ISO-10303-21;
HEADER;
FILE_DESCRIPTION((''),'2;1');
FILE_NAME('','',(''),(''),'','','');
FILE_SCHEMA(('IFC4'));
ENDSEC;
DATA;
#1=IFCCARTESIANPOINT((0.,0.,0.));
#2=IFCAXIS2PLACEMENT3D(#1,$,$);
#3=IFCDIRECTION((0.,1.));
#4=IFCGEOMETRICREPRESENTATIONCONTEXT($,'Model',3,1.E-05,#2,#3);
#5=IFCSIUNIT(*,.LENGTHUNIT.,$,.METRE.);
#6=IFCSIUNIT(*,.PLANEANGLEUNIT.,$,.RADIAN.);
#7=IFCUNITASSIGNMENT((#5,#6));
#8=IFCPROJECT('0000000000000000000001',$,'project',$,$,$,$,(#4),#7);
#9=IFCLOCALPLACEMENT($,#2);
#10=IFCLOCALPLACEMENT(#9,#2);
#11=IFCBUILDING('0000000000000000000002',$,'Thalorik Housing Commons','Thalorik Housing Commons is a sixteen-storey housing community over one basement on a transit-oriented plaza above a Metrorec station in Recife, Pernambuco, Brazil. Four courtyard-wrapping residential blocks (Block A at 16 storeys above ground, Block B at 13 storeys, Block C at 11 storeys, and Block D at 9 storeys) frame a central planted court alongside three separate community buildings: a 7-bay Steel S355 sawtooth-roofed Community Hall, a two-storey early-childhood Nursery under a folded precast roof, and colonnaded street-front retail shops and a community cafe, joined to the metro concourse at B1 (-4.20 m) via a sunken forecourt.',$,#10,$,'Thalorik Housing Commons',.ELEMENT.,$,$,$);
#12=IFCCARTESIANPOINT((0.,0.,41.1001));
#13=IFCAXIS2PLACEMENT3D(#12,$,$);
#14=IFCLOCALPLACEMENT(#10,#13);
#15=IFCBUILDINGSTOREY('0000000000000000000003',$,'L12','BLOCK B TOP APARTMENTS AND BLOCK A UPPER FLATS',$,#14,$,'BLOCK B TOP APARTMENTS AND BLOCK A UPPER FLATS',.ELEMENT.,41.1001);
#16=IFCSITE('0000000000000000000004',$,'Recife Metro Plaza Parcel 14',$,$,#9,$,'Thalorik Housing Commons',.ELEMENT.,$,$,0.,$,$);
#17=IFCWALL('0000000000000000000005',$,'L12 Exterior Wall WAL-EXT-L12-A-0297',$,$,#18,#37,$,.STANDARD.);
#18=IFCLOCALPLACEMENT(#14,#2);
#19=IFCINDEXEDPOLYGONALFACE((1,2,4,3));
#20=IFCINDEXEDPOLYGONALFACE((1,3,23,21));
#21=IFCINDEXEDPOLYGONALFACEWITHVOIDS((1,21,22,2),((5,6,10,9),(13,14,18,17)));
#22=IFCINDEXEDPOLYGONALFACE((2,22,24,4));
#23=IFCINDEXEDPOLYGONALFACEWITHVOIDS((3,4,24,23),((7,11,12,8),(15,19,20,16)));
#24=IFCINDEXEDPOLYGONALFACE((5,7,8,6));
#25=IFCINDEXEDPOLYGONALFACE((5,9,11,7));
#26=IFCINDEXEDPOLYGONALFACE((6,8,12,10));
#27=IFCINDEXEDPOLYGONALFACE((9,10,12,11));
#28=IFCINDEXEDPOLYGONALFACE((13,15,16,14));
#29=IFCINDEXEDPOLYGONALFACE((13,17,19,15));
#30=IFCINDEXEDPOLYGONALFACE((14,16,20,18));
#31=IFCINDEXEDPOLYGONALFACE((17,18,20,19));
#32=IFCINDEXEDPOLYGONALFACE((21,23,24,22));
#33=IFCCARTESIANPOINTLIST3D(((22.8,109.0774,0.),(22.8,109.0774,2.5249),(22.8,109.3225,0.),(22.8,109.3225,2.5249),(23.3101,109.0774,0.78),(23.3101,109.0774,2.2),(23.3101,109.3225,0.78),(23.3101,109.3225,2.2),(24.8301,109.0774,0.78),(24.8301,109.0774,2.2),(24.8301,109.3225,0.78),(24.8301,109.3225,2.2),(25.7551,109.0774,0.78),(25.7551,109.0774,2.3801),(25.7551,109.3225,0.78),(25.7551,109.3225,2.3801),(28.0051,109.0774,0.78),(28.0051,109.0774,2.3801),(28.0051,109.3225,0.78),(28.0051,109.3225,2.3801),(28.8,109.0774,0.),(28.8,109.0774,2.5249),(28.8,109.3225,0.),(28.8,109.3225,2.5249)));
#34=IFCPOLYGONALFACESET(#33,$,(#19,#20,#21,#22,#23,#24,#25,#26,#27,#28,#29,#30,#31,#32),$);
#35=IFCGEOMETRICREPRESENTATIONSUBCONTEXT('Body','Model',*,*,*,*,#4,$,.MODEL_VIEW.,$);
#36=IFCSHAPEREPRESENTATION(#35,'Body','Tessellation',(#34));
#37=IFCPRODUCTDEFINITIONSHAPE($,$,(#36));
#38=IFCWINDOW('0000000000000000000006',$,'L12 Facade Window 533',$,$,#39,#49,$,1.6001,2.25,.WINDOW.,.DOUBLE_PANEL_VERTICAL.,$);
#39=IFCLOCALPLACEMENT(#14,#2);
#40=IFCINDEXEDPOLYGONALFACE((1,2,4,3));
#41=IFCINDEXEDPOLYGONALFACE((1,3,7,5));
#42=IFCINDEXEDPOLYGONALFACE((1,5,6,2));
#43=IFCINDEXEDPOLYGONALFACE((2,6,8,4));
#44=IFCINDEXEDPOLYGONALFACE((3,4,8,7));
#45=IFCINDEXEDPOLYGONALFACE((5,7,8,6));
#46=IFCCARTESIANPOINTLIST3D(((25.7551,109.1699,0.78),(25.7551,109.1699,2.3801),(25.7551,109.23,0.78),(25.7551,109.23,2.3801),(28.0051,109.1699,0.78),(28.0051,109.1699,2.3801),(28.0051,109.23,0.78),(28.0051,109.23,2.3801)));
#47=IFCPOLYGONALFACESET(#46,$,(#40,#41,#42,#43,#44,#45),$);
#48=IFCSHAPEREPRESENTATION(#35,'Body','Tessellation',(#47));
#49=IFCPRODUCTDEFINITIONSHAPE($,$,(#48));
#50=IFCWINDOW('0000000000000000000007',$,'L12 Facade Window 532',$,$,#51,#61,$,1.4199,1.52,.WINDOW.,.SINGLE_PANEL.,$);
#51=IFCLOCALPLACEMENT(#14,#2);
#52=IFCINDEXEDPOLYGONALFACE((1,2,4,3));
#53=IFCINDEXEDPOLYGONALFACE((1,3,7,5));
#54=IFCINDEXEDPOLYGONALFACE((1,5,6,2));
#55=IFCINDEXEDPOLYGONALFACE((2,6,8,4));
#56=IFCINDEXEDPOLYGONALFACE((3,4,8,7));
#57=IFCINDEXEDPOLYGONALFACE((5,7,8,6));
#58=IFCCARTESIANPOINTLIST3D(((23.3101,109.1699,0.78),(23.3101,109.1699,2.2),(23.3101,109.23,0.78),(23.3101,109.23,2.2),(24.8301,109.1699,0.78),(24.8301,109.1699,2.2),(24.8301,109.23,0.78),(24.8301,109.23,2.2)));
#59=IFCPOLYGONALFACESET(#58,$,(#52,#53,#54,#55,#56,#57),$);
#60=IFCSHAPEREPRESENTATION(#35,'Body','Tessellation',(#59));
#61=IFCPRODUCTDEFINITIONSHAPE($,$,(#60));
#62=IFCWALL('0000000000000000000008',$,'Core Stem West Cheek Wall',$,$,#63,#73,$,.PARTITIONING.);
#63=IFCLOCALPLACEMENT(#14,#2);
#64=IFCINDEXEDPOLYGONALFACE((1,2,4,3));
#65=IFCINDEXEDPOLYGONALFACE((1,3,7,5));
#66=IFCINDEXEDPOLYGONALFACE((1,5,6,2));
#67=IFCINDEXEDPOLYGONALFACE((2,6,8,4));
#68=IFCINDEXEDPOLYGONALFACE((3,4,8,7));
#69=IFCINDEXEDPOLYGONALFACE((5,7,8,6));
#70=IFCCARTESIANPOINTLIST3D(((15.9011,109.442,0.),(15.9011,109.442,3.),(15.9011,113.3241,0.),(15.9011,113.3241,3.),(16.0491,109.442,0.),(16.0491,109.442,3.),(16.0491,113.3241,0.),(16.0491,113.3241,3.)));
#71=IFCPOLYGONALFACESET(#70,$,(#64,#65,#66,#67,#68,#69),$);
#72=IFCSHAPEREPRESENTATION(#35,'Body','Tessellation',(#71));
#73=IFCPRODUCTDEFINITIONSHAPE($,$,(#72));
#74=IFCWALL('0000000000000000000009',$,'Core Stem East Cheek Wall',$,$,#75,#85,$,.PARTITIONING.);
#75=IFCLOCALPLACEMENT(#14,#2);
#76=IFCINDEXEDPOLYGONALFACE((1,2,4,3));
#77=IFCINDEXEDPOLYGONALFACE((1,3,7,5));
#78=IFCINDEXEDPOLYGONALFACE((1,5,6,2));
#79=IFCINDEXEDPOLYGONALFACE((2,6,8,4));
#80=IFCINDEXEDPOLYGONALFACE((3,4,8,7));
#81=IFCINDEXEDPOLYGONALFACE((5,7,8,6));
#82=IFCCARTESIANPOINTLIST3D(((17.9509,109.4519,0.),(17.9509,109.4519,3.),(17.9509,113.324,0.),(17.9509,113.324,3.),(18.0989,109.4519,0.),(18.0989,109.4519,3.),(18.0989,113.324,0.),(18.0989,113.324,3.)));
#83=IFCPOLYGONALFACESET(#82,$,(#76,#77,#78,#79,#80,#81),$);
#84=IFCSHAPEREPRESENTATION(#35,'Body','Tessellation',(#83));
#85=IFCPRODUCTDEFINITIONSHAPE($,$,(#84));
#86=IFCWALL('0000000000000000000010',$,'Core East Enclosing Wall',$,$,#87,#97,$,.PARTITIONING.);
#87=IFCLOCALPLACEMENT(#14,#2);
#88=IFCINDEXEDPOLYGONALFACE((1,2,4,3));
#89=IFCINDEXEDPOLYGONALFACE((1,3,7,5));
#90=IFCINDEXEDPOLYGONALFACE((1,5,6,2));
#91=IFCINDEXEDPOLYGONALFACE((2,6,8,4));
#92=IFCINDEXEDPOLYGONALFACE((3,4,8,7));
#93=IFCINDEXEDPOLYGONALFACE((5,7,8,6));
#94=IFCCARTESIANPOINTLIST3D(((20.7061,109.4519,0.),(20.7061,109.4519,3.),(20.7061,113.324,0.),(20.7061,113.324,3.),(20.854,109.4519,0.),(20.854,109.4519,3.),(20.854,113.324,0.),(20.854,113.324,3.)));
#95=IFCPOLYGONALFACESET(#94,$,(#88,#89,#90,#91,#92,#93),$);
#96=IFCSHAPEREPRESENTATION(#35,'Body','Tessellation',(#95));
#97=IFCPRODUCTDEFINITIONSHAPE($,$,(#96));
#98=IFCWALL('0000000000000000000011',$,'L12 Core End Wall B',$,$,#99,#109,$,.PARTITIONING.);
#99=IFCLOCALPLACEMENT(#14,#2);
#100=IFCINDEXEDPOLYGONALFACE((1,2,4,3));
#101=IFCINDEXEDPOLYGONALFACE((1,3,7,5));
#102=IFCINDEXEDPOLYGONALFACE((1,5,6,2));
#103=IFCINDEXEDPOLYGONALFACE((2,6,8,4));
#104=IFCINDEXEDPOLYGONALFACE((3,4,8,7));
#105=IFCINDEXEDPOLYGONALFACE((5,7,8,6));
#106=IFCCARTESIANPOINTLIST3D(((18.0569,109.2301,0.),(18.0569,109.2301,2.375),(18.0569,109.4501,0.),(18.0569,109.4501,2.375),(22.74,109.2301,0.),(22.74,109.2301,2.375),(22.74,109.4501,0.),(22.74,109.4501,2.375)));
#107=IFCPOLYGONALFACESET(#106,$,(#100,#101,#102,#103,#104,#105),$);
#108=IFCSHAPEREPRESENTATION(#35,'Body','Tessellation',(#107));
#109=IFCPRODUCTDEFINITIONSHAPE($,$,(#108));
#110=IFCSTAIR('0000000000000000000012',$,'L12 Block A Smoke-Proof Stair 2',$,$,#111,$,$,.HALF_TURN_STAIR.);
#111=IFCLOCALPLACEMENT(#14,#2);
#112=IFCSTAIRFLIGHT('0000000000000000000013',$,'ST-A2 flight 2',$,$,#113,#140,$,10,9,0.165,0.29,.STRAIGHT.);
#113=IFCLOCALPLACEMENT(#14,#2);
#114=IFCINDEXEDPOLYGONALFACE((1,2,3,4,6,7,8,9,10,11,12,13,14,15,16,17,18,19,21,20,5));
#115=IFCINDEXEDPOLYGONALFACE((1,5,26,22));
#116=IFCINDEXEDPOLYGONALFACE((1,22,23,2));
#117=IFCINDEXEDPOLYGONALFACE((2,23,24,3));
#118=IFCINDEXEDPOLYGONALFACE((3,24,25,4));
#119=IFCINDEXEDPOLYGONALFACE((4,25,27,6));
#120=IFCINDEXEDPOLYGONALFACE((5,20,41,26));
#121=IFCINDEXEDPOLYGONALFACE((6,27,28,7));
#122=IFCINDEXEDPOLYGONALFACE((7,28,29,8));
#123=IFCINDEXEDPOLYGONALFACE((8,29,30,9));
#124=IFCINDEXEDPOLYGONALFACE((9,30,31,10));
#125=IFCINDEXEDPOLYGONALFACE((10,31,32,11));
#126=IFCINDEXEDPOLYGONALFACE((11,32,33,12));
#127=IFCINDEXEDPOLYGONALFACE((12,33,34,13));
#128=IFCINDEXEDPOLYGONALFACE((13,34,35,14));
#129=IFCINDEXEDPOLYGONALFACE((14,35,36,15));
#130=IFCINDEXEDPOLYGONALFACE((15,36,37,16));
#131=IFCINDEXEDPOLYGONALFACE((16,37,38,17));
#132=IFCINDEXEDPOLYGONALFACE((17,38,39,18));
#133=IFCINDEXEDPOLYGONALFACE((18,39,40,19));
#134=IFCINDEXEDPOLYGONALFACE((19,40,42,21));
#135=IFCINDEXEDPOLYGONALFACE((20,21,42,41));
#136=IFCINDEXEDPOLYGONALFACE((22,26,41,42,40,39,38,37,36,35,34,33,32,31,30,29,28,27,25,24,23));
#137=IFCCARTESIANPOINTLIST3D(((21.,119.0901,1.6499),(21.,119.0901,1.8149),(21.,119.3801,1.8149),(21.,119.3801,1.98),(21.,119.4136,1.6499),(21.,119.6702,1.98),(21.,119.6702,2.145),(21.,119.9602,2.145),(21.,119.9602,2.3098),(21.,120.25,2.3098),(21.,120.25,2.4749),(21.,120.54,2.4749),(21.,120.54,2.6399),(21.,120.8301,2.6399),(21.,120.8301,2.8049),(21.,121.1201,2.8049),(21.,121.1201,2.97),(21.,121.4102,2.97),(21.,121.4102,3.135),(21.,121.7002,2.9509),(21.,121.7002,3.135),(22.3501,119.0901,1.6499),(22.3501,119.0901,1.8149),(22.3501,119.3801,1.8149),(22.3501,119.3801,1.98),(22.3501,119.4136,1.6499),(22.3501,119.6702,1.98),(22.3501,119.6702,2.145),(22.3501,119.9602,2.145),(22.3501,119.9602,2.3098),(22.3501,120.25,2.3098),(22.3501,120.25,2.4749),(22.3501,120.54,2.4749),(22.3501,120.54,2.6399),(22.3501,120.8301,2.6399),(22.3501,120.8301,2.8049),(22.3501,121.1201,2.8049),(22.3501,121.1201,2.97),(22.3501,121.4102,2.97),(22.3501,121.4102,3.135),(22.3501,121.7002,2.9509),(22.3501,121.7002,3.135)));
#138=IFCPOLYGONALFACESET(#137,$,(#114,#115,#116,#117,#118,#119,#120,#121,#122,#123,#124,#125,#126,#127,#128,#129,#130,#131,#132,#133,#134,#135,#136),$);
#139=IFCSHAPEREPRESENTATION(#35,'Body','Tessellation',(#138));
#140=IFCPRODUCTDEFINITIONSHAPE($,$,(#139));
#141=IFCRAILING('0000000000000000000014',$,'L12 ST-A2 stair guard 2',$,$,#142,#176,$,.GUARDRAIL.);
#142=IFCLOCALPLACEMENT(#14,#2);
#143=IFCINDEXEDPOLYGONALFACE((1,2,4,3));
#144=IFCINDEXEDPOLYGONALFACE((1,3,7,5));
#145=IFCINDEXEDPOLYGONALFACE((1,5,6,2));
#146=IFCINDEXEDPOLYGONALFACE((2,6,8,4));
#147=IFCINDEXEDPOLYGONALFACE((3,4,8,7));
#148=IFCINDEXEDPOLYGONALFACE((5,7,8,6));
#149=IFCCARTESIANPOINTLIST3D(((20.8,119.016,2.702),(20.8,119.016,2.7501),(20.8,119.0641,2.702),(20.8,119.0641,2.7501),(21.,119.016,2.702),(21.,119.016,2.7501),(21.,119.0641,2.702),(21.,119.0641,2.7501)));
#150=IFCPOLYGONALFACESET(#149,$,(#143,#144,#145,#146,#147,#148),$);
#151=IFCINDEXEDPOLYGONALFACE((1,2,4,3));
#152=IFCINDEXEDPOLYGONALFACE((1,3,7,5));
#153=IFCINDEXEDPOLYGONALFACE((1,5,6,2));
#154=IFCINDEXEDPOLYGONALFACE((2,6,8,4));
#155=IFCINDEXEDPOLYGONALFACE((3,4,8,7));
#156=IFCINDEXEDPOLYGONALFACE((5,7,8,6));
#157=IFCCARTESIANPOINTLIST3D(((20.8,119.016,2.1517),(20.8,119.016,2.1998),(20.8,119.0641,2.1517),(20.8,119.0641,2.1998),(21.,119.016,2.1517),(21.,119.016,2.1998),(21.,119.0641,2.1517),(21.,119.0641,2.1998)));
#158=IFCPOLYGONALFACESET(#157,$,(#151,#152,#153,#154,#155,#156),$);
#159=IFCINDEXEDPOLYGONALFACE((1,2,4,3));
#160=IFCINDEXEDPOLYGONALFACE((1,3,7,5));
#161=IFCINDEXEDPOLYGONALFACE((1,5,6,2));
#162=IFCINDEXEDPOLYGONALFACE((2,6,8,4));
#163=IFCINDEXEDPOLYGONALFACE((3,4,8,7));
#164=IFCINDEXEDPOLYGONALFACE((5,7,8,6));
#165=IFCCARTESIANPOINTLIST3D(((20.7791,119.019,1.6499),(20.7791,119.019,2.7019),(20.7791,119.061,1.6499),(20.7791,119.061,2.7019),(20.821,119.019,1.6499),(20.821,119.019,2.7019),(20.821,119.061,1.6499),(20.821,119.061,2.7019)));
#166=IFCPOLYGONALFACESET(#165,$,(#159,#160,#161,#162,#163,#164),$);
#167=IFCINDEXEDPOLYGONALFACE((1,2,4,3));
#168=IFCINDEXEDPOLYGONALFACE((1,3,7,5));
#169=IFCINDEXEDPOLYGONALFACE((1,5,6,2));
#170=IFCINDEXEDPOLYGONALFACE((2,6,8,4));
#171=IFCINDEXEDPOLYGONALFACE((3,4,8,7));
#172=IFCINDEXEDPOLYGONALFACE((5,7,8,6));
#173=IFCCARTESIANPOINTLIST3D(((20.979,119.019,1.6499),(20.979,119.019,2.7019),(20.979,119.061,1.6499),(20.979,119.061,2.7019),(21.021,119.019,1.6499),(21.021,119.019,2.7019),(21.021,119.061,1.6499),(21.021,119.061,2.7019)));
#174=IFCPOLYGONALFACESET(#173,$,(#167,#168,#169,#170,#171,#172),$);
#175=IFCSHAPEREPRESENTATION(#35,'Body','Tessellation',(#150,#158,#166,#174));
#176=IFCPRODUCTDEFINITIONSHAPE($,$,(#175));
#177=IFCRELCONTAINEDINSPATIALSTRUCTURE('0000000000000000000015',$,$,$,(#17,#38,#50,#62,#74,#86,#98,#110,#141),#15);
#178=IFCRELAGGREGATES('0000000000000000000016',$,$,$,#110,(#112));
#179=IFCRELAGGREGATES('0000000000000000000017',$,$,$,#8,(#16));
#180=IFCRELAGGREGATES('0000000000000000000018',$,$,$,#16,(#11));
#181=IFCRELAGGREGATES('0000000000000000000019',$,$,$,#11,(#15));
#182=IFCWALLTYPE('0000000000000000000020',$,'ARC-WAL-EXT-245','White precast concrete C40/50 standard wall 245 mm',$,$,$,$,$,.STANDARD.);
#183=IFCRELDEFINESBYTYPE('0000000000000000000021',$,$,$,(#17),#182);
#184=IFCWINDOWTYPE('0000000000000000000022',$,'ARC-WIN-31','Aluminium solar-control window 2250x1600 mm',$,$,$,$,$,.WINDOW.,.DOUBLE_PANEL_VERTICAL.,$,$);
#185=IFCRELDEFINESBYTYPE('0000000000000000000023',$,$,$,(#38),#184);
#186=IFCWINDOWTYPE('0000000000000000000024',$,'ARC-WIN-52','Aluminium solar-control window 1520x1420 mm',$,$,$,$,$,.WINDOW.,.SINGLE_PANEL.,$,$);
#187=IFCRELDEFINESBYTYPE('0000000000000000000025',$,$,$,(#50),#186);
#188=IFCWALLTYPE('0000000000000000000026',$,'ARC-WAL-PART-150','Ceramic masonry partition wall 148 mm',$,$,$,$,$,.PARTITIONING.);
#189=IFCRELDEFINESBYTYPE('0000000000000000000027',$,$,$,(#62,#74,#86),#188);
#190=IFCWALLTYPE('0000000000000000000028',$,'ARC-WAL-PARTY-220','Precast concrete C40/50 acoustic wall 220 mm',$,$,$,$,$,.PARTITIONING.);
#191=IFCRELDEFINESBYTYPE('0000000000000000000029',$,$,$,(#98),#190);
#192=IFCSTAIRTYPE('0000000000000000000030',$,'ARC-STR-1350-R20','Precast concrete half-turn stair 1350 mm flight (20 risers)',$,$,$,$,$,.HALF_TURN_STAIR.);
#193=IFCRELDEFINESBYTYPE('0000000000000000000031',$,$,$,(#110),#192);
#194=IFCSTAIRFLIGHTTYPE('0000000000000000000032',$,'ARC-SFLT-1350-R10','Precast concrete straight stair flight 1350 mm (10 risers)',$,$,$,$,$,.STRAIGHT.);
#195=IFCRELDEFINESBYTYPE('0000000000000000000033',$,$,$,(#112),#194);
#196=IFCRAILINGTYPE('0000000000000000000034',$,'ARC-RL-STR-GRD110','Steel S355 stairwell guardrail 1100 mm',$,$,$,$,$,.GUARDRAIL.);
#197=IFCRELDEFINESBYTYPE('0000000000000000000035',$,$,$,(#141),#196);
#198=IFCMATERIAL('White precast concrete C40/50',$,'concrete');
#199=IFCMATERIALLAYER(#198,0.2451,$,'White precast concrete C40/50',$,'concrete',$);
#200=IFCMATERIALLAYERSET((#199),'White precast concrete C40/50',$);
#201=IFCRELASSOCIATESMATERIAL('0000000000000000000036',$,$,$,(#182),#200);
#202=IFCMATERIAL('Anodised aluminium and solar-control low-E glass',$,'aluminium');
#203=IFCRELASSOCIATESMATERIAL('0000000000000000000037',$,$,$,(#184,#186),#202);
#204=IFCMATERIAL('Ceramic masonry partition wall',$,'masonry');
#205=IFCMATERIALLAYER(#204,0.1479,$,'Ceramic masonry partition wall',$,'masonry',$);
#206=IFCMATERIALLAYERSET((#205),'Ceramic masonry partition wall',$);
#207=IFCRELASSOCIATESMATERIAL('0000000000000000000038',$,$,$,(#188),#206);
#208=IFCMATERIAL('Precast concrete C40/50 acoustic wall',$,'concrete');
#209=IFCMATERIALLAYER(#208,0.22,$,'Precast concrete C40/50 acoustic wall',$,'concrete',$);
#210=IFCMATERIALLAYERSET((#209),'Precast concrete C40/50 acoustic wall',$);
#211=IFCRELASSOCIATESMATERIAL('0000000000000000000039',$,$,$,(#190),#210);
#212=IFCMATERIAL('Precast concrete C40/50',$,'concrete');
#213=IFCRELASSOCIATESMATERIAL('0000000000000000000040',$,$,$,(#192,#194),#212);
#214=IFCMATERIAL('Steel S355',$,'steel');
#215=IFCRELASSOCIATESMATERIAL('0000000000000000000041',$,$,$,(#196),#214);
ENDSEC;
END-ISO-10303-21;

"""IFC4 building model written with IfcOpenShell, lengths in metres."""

from ifc_helpers import new_model, si_unit, direction, frame, frame_2d, origin, origin_2d, place, context, subcontext, project, spatial, polyline, rectangle, outline, extrude, material, layer, layer_set, type_object, element, fill, aggregate, save


model = new_model("IFC4")

# Units and contexts
model_context = context("Model", 3, precision=1e-05, world=origin(), true_north=direction((0.0, 1.0)))
body_context = subcontext(model_context, "Body", "Model", "MODEL_VIEW")
ifc_project = project(units=[si_unit("LENGTHUNIT", "METRE"), si_unit("PLANEANGLEUNIT", "RADIAN")], contexts=[model_context])

# Site, building, storey
site_placement = place(None, origin())
site = spatial("IfcSite", under=ifc_project, at=site_placement, Name="Recife Metro Plaza Parcel 14", LongName="Thalorik Housing Commons", CompositionType="ELEMENT", RefElevation=0.0)
building_placement = place(site_placement, origin())
building = spatial("IfcBuilding", under=site, at=building_placement, Name="Thalorik Housing Commons", Description="Thalorik Housing Commons is a sixteen-storey housing community over one basement on a transit-oriented plaza above a Metrorec station in Recife, Pernambuco, Brazil. Four courtyard-wrapping residential blocks (Block A at 16 storeys above ground, Block B at 13 storeys, Block C at 11 storeys, and Block D at 9 storeys) frame a central planted court alongside three separate community buildings: a 7-bay Steel S355 sawtooth-roofed Community Hall, a two-storey early-childhood Nursery under a folded precast roof, and colonnaded street-front retail shops and a community cafe, joined to the metro concourse at B1 (-4.20 m) via a sunken forecourt.", LongName="Thalorik Housing Commons", CompositionType="ELEMENT")
storey_placement = place(building_placement, frame((0.0, 0.0, 41.1001)))
storey = spatial("IfcBuildingStorey", under=building, at=storey_placement, Name="L12", Description="BLOCK B TOP APARTMENTS AND BLOCK A UPPER FLATS", LongName="BLOCK B TOP APARTMENTS AND BLOCK A UPPER FLATS", CompositionType="ELEMENT", Elevation=41.1001)

# Shared definitions
ifc_material_1 = material(Name="Precast concrete C40/50", Category="concrete")

# Shared definitions
ifc_material_2 = material(Name="Steel S355", Category="steel")

# Wall, openings, windows
ifc_material_3 = material(Name="White precast concrete C40/50", Category="concrete")
ifc_layer_1 = layer(ifc_material_3, 0.2451, Name="White precast concrete C40/50", Category="concrete")
ifc_layer_set_1 = layer_set([ifc_layer_1], Name="White precast concrete C40/50")
wall_type_1 = type_object("IfcWallType", Name="ARC-WAL-EXT-245", Description="White precast concrete C40/50 standard wall 245 mm", PredefinedType="STANDARD", material=ifc_layer_set_1)
wall_1_placement = place(storey_placement, frame((22.8, 109.2, 0.0), z_axis=(0.0, 0.0, 1.0), x_axis=(1.0, 0.0, 0.0)))
wall_1 = element("IfcWall", 1, at=wall_1_placement, inside=storey, type_object=wall_type_1, Name="L12 Exterior Wall WAL-EXT-L12-A-0297", PredefinedType="STANDARD", context=body_context, shape_type="SweptSolid", body=[
    extrude(rectangle(XDim=6.0, YDim=0.2451, at=frame_2d((3.0, 0.0))), origin(), (0.0, 0.0, 1.0), 2.5249),
])
opening_1_placement = place(wall_1_placement, frame((0.51, 0.0, 0.78)))
opening_1 = element("IfcOpeningElement", 2, at=opening_1_placement, cuts=wall_1, PredefinedType="OPENING", context=body_context, shape_type="SweptSolid", body=[
    extrude(rectangle(XDim=1.52, YDim=1.4199, at=frame_2d((0.76, 0.71))), frame((0.0, 0.1326, 0.0), z_axis=(0.0, -1.0, 0.0), x_axis=(1.0, 0.0, 0.0)), (0.0, 0.0, 1.0), 0.2651),
])
opening_2_placement = place(wall_1_placement, frame((2.9551, 0.0, 0.78)))
opening_2 = element("IfcOpeningElement", 3, at=opening_2_placement, cuts=wall_1, PredefinedType="OPENING", context=body_context, shape_type="SweptSolid", body=[
    extrude(rectangle(XDim=2.25, YDim=1.6001, at=frame_2d((1.125, 0.8))), frame((0.0, 0.1326, 0.0), z_axis=(0.0, -1.0, 0.0), x_axis=(1.0, 0.0, 0.0)), (0.0, 0.0, 1.0), 0.2651),
])
ifc_material_4 = material(Name="Anodised aluminium and solar-control low-E glass", Category="aluminium")
window_type_1 = type_object("IfcWindowType", Name="ARC-WIN-31", Description="Aluminium solar-control window 2250x1600 mm", PartitioningType="DOUBLE_PANEL_VERTICAL", PredefinedType="WINDOW", material=ifc_material_4)
window_1_placement = place(opening_2_placement, origin())
window_1 = element("IfcWindow", 4, at=window_1_placement, inside=storey, type_object=window_type_1, Name="L12 Facade Window 533", OverallHeight=1.6001, OverallWidth=2.25, PartitioningType="DOUBLE_PANEL_VERTICAL", PredefinedType="WINDOW", context=body_context, shape_type="SweptSolid", body=[
    extrude(rectangle(XDim=2.25, YDim=1.6001, at=frame_2d((1.125, 0.8))), frame((0.0, 0.03, 0.0), z_axis=(0.0, -1.0, 0.0), x_axis=(1.0, 0.0, 0.0)), (0.0, 0.0, 1.0), 0.0601),
])
fill(opening_2, window_1)
window_type_2 = type_object("IfcWindowType", Name="ARC-WIN-52", Description="Aluminium solar-control window 1520x1420 mm", PartitioningType="SINGLE_PANEL", PredefinedType="WINDOW", material=ifc_material_4)
window_2_placement = place(opening_1_placement, origin())
window_2 = element("IfcWindow", 5, at=window_2_placement, inside=storey, type_object=window_type_2, Name="L12 Facade Window 532", OverallHeight=1.4199, OverallWidth=1.52, PartitioningType="SINGLE_PANEL", PredefinedType="WINDOW", context=body_context, shape_type="SweptSolid", body=[
    extrude(rectangle(XDim=1.52, YDim=1.4199, at=frame_2d((0.76, 0.71))), frame((0.0, 0.03, 0.0), z_axis=(0.0, -1.0, 0.0), x_axis=(1.0, 0.0, 0.0)), (0.0, 0.0, 1.0), 0.0601),
])
fill(opening_1, window_2)

# Walls
ifc_material_5 = material(Name="Ceramic masonry partition wall", Category="masonry")
ifc_layer_2 = layer(ifc_material_5, 0.1479, Name="Ceramic masonry partition wall", Category="masonry")
ifc_layer_set_2 = layer_set([ifc_layer_2], Name="Ceramic masonry partition wall")
wall_type_2 = type_object("IfcWallType", Name="ARC-WAL-PART-150", Description="Ceramic masonry partition wall 148 mm", PredefinedType="PARTITIONING", material=ifc_layer_set_2)
wall_2_placement = place(storey_placement, frame((15.9751, 113.324, 0.0), z_axis=(0.0, 0.0, 1.0), x_axis=(0.0, -1.0, 0.0)))
element("IfcWall", 6, at=wall_2_placement, inside=storey, type_object=wall_type_2, Name="Core Stem West Cheek Wall", PredefinedType="PARTITIONING", context=body_context, shape_type="SweptSolid", body=[
    extrude(rectangle(XDim=3.8821, YDim=0.1479, at=frame_2d((1.9409, 0.0))), origin(), (0.0, 0.0, 1.0), 3.0),
])
for number, where, z_axis, x_axis, name in (
    (7, (18.0249, 113.324, 0.0), (0.0, 0.0, 1.0), (0.0, -1.0, 0.0), "Core Stem East Cheek Wall"),
    (8, (20.78, 113.324, 0.0), (0.0, 0.0, 1.0), (0.0, -1.0, 0.0), "Core East Enclosing Wall"),
):
    element("IfcWall", number, at=place(storey_placement, frame(where, z_axis=z_axis, x_axis=x_axis)), inside=storey, type_object=wall_type_2, Name=name, PredefinedType="PARTITIONING", context=body_context, shape_type="SweptSolid", body=[
        extrude(rectangle(XDim=3.8721, YDim=0.1479, at=frame_2d((1.936, 0.0))), origin(), (0.0, 0.0, 1.0), 3.0),
    ])

# Wall
ifc_material_6 = material(Name="Precast concrete C40/50 acoustic wall", Category="concrete")
ifc_layer_3 = layer(ifc_material_6, 0.22, Name="Precast concrete C40/50 acoustic wall", Category="concrete")
ifc_layer_set_3 = layer_set([ifc_layer_3], Name="Precast concrete C40/50 acoustic wall")
wall_type_3 = type_object("IfcWallType", Name="ARC-WAL-PARTY-220", Description="Precast concrete C40/50 acoustic wall 220 mm", PredefinedType="PARTITIONING", material=ifc_layer_set_3)
wall_3_placement = place(storey_placement, frame((18.0569, 109.3401, 0.0), z_axis=(0.0, 0.0, 1.0), x_axis=(1.0, 0.0, 0.0)))
element("IfcWall", 9, at=wall_3_placement, inside=storey, type_object=wall_type_3, Name="L12 Core End Wall B", PredefinedType="PARTITIONING", context=body_context, shape_type="SweptSolid", body=[
    extrude(rectangle(XDim=4.6831, YDim=0.22, at=frame_2d((2.3416, 0.0))), origin(), (0.0, 0.0, 1.0), 2.375),
])

# Stair, stair flight
stair_type = type_object("IfcStairType", Name="ARC-STR-1350-R20", Description="Precast concrete half-turn stair 1350 mm flight (20 risers)", PredefinedType="HALF_TURN_STAIR", material=ifc_material_1)
stair_placement = place(storey_placement, origin())
stair = element("IfcStair", 10, at=stair_placement, inside=storey, type_object=stair_type, Name="L12 Block A Smoke-Proof Stair 2", PredefinedType="HALF_TURN_STAIR")
stair_flight_type = type_object("IfcStairFlightType", Name="ARC-SFLT-1350-R10", Description="Precast concrete straight stair flight 1350 mm (10 risers)", PredefinedType="STRAIGHT", material=ifc_material_1)
stair_flight_placement = place(storey_placement, frame((21.675, 119.0901, 1.6499), z_axis=(0.0, 0.0, 1.0), x_axis=(0.0, 1.0, 0.0)))
stair_flight = element("IfcStairFlight", 11, at=stair_flight_placement, type_object=stair_flight_type, Name="ST-A2 flight 2", NumberOfRisers=10, NumberOfTreads=9, PredefinedType="STRAIGHT", RiserHeight=0.165, TreadLength=0.29, context=body_context, shape_type="SweptSolid", body=[
    extrude(outline(polyline([(0.0, 0.0), (0.0, 0.165), (0.29, 0.165), (0.29, 0.3301), (0.5801, 0.3301), (0.5801, 0.4951), (0.8701, 0.4951), (0.8701, 0.6599), (1.1599, 0.6599), (1.1599, 0.825), (1.45, 0.825), (1.45, 0.99), (1.74, 0.99), (1.74, 1.155), (2.03, 1.155), (2.03, 1.3201), (2.3201, 1.3201), (2.3201, 1.4851), (2.6101, 1.4851), (2.6101, 1.6499), (2.6101, 1.301), (0.3235, 0.0), (0.0, 0.0)])), frame((0.0, 0.675, 0.0), z_axis=(0.0, -1.0, 0.0), x_axis=(1.0, 0.0, 0.0)), (0.0, 0.0, 1.0), 1.3501),
])
aggregate(stair, [stair_flight])

# Railing
railing_type_1 = type_object("IfcRailingType", Name="ARC-RL-STR-GRD110", Description="Steel S355 stairwell guardrail 1100 mm", PredefinedType="GUARDRAIL", material=ifc_material_2)
railing_1_placement = place(storey_placement, frame((20.8, 119.04, 1.6499)))
element("IfcRailing", 12, at=railing_1_placement, inside=storey, type_object=railing_type_1, Name="L12 ST-A2 stair guard 2", PredefinedType="GUARDRAIL", context=body_context, shape_type="SweptSolid", body=[
    extrude(rectangle(XDim=0.0481, YDim=0.0481, at=origin_2d()), frame((0.0, 0.0, 1.0762), z_axis=(1.0, 0.0, 0.0), x_axis=(0.0, 1.0, 0.0)), (0.0, 0.0, 1.0), 0.2),
    extrude(rectangle(XDim=0.0481, YDim=0.0481, at=origin_2d()), frame((0.0, 0.0, 0.5259), z_axis=(1.0, 0.0, 0.0), x_axis=(0.0, 1.0, 0.0)), (0.0, 0.0, 1.0), 0.2),
    extrude(rectangle(XDim=0.042, YDim=0.042, at=origin_2d()), origin(), (0.0, 0.0, 1.0), 1.052),
    extrude(rectangle(XDim=0.042, YDim=0.042, at=origin_2d()), frame((0.2, 0.0, 0.0)), (0.0, 0.0, 1.0), 1.052),
])

save(model, "model.ifc")
